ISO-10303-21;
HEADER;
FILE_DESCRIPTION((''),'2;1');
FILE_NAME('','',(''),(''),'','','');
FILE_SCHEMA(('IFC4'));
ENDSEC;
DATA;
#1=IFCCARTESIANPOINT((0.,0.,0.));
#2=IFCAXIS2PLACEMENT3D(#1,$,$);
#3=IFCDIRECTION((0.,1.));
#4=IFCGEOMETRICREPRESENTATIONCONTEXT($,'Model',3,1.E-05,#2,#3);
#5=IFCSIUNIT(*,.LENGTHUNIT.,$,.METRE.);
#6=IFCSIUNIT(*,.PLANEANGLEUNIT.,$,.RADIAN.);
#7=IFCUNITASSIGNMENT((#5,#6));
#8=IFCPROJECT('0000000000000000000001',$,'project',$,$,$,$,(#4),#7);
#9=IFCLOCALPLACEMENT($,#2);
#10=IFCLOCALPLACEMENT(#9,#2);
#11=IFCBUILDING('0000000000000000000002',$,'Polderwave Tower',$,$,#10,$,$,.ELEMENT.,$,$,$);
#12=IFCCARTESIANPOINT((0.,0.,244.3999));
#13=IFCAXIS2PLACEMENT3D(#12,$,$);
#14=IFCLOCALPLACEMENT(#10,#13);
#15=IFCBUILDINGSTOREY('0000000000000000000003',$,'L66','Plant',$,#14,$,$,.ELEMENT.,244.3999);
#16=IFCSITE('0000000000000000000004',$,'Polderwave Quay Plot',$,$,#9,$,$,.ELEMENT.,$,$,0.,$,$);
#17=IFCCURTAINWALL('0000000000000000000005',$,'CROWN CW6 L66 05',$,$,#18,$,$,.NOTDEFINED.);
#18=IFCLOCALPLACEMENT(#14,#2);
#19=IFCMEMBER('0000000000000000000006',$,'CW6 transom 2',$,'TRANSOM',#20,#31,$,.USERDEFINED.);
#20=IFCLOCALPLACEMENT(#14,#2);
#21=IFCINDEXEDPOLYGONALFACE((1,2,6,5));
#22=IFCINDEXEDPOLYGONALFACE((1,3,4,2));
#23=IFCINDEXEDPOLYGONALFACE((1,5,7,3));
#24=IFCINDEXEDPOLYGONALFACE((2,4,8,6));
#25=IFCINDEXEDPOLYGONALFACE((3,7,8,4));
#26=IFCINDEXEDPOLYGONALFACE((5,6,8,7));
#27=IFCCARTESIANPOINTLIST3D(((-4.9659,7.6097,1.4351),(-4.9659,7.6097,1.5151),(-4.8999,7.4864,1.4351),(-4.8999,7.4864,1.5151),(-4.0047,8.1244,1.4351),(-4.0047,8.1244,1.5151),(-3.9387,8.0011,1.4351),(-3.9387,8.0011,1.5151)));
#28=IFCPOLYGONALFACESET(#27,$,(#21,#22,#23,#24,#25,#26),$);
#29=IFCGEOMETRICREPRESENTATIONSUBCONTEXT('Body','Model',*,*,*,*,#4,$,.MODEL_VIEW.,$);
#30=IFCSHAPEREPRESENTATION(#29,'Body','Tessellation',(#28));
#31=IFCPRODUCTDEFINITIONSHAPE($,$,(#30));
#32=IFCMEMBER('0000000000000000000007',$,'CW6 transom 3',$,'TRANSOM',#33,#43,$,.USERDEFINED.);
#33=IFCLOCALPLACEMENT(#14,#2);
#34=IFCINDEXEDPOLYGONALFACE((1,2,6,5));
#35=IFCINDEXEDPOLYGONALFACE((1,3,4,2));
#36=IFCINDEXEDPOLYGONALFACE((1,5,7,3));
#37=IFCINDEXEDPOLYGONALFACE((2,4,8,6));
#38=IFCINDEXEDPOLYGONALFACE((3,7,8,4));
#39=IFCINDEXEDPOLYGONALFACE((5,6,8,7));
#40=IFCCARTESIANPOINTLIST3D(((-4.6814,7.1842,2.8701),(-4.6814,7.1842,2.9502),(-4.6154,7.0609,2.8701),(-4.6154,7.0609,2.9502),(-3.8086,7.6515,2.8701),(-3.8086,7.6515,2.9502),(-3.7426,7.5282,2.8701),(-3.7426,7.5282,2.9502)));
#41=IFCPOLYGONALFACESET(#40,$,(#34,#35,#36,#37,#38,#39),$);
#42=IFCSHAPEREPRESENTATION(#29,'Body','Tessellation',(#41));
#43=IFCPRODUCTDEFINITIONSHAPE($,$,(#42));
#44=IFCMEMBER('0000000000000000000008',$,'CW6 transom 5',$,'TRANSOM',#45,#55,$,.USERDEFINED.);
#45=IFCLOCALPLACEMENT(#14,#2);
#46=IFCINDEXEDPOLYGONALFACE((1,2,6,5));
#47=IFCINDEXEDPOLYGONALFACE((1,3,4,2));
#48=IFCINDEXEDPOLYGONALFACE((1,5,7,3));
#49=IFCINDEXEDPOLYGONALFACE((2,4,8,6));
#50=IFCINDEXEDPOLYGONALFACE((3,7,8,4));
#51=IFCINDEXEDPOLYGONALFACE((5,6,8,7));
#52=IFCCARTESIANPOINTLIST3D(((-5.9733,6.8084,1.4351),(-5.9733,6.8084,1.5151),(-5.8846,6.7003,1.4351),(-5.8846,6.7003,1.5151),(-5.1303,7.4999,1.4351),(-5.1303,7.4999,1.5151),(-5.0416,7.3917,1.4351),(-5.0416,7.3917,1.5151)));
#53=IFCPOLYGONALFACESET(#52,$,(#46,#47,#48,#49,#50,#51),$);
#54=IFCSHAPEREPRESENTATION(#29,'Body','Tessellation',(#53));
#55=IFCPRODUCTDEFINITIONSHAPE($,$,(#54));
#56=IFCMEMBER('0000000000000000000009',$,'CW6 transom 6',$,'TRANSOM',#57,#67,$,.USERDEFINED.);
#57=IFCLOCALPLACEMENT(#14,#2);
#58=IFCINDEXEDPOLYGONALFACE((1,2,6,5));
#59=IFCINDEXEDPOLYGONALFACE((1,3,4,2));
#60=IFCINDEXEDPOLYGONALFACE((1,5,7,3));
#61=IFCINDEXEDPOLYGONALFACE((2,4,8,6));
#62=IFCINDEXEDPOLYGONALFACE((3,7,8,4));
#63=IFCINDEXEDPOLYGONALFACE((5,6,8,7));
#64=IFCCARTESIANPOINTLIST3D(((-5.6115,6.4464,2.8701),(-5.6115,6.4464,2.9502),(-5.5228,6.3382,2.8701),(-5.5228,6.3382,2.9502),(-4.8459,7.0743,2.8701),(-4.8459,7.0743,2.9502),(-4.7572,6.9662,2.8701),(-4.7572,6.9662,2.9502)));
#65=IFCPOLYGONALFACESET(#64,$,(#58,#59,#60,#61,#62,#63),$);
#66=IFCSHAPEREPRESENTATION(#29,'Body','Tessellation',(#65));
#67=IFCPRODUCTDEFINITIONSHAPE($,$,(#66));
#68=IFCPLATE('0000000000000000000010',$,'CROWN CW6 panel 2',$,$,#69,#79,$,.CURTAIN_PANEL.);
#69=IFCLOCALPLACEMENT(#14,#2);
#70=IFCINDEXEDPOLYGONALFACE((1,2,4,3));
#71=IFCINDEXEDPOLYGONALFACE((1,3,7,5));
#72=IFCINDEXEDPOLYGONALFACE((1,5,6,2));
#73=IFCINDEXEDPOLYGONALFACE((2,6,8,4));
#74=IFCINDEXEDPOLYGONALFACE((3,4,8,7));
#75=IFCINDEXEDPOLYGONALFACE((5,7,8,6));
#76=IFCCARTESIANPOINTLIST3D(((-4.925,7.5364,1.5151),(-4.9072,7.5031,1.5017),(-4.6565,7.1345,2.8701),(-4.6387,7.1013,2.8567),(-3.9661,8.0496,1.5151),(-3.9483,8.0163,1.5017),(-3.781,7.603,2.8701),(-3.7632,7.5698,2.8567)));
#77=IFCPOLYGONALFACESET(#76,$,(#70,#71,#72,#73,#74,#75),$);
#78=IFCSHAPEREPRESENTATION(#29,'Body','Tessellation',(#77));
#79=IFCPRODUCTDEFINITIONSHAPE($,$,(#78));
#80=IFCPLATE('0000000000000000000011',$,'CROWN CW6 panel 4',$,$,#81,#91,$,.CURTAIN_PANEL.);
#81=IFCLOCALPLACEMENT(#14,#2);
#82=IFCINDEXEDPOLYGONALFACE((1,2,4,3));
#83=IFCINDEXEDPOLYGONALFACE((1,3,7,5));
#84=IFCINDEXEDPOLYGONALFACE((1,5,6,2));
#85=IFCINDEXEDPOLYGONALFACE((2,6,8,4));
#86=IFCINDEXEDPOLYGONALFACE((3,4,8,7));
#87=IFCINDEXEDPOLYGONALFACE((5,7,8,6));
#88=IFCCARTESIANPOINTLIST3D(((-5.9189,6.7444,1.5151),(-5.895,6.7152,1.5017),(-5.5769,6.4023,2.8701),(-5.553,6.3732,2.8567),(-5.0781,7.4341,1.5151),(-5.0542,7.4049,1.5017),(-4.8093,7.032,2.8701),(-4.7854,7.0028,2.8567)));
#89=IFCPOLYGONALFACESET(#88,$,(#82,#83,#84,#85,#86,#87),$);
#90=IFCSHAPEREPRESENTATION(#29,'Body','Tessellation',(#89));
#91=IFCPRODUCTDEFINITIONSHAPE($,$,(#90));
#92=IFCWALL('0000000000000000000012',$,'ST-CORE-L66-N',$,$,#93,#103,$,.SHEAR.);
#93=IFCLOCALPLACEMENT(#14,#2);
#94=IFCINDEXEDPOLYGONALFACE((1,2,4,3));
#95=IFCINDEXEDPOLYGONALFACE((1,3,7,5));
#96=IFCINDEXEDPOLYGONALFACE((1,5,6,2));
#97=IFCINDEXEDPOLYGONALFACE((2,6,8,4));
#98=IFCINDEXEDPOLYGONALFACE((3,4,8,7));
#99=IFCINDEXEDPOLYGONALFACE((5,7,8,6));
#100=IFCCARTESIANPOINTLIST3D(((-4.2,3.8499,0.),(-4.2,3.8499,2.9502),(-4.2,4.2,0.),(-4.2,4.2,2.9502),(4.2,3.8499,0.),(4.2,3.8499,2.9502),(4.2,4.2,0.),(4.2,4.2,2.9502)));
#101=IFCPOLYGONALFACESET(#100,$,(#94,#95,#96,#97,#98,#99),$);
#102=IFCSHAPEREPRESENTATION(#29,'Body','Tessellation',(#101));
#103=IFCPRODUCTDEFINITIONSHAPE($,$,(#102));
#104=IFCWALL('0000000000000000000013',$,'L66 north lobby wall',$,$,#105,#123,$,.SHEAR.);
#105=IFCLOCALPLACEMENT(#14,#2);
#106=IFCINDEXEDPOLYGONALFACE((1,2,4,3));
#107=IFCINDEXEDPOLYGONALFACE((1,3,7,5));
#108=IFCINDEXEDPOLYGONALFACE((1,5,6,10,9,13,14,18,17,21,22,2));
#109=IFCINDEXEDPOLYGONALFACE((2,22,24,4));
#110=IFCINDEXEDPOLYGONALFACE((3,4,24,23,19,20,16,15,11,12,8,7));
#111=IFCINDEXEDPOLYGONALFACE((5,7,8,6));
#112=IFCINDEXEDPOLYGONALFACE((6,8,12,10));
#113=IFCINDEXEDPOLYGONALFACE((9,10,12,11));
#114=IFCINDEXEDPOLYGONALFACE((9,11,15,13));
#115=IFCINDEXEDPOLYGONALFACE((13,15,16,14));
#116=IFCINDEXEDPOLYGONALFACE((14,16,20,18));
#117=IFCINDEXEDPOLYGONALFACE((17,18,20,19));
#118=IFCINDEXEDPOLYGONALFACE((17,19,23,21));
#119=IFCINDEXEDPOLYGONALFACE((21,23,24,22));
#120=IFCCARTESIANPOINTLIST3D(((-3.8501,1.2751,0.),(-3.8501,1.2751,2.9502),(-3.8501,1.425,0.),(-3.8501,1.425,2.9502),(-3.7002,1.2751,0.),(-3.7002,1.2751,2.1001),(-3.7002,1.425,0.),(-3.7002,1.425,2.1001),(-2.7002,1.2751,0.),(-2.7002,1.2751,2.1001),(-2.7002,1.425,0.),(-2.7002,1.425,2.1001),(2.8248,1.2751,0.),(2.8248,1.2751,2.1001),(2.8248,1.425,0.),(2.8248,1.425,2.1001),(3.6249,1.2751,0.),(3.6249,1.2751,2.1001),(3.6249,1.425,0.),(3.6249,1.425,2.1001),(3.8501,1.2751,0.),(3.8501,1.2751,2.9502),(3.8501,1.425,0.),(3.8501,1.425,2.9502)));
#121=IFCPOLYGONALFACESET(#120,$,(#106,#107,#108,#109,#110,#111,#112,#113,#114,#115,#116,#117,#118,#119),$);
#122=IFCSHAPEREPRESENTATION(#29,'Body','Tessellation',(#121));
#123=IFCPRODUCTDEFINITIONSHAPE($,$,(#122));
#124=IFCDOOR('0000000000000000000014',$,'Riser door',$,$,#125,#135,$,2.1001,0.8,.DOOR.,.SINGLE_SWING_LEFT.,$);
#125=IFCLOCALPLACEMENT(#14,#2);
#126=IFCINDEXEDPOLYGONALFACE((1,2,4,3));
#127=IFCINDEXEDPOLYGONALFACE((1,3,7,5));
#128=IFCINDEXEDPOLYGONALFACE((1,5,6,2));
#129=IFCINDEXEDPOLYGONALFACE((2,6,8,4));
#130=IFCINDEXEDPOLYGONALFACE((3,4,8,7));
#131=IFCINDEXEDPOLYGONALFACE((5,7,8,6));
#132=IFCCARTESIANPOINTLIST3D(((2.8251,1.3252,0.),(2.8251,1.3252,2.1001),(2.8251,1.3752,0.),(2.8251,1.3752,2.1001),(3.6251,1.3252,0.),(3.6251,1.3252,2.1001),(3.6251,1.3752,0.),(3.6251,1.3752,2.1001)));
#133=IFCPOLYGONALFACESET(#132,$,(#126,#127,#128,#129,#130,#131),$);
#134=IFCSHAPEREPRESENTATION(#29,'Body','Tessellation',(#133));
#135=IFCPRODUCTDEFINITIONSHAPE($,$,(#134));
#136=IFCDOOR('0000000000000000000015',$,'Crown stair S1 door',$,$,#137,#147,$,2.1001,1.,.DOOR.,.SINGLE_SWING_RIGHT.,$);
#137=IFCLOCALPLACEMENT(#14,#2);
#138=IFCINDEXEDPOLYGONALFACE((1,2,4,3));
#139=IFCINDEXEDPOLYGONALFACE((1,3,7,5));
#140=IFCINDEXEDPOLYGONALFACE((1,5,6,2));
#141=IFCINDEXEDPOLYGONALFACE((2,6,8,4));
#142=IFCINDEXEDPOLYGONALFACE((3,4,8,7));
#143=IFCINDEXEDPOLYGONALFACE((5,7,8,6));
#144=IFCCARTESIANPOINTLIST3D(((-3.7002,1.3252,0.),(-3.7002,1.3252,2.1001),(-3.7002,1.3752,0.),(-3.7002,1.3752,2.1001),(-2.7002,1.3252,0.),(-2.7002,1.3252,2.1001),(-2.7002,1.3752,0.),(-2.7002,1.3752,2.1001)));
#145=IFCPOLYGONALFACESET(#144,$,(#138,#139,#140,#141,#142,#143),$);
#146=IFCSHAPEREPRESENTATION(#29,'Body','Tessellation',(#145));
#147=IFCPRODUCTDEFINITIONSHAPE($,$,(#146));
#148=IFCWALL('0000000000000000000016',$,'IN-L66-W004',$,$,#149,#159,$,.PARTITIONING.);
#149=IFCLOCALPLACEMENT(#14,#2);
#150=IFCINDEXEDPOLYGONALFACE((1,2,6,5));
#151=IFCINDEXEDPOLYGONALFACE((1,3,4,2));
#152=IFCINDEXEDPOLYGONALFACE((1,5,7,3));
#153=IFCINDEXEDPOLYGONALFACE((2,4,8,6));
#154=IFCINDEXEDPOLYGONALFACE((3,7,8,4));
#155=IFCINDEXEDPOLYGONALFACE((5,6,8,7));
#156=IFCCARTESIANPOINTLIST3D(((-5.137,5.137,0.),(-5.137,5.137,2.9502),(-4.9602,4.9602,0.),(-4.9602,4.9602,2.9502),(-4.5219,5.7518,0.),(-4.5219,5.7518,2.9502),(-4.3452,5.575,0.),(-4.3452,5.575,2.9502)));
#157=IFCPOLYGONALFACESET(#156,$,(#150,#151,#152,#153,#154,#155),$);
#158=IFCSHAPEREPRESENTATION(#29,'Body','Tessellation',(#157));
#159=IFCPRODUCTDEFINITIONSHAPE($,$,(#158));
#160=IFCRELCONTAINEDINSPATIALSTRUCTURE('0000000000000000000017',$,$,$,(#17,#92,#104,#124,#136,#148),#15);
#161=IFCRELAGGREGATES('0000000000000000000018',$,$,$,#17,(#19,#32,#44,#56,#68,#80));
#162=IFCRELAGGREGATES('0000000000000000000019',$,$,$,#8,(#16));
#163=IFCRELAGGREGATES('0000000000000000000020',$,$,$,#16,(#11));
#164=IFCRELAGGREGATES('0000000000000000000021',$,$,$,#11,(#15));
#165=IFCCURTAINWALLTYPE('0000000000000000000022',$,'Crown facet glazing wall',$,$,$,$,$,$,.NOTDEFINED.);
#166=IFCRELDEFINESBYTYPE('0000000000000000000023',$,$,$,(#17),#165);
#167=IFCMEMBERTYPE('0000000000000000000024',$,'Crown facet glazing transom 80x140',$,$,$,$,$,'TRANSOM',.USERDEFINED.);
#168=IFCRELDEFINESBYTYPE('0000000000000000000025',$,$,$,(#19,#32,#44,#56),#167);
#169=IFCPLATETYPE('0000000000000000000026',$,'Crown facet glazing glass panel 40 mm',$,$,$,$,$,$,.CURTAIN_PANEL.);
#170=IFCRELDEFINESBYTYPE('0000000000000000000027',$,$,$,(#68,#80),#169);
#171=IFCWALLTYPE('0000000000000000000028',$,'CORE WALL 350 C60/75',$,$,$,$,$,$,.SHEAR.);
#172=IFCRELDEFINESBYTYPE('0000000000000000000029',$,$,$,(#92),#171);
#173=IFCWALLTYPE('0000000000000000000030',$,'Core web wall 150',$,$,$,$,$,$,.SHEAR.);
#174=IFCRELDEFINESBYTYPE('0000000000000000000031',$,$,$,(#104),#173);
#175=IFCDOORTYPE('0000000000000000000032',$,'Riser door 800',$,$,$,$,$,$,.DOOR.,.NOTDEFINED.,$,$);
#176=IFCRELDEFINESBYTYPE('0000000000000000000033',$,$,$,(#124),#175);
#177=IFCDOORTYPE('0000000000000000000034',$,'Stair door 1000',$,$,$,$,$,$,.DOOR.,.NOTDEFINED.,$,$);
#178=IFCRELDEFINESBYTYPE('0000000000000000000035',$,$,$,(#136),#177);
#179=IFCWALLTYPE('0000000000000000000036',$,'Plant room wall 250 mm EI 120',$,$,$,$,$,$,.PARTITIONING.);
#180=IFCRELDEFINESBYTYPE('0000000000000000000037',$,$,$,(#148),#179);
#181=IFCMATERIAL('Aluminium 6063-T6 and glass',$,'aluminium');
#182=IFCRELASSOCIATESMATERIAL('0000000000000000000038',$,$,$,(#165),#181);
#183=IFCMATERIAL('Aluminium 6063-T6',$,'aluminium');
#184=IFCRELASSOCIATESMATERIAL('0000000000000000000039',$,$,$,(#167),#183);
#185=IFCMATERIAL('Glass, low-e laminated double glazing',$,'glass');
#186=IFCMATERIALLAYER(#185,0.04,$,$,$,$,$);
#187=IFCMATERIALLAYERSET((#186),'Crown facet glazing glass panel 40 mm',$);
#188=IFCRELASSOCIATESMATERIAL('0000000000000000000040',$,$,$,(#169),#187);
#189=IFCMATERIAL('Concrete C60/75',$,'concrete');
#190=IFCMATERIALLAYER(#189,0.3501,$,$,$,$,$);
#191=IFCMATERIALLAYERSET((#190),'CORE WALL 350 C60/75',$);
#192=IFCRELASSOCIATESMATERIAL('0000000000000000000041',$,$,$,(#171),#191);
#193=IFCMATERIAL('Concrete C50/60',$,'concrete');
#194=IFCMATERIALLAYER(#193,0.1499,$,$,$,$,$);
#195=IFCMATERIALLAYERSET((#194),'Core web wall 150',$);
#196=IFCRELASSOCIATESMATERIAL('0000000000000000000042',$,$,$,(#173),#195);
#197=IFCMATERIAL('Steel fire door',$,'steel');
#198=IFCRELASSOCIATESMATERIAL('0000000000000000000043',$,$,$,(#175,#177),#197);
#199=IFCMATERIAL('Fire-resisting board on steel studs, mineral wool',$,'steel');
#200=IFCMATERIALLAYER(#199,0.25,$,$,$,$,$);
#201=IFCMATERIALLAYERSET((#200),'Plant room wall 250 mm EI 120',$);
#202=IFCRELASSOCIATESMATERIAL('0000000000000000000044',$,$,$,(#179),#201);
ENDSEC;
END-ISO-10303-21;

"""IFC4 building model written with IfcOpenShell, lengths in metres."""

from ifc_helpers import new_model, si_unit, direction, frame, frame_2d, origin, origin_2d, place, context, subcontext, project, spatial, polyline, rectangle, outline, extrude, material, layer, layer_set, material_profile, profile_set, type_object, element, fill, aggregate, save


model = new_model("IFC4")

# Units and contexts
model_context = context("Model", 3, precision=1e-05, world=origin(), true_north=direction((0.0, 1.0)))
body_context = subcontext(model_context, "Body", "Model", "MODEL_VIEW")
ifc_project = project(units=[si_unit("LENGTHUNIT", "METRE"), si_unit("PLANEANGLEUNIT", "RADIAN")], contexts=[model_context])

# Site, building, storey
site_placement = place(None, origin())
site = spatial("IfcSite", under=ifc_project, at=site_placement, Name="Polderwave Quay Plot", CompositionType="ELEMENT", RefElevation=0.0)
building_placement = place(site_placement, origin())
building = spatial("IfcBuilding", under=site, at=building_placement, Name="Polderwave Tower", CompositionType="ELEMENT")
storey_placement = place(building_placement, frame((0.0, 0.0, 244.3999)))
storey = spatial("IfcBuildingStorey", under=building, at=storey_placement, Name="L66", Description="Plant", CompositionType="ELEMENT", Elevation=244.3999)

# Curtain wall, members, plates
ifc_material_1 = material(Name="Aluminium 6063-T6 and glass", Category="aluminium")
curtain_wall_type = type_object("IfcCurtainWallType", Name="Crown facet glazing wall", PredefinedType="NOTDEFINED", material=ifc_material_1)
curtain_wall_placement = place(storey_placement, origin())
curtain_wall = element("IfcCurtainWall", 1, at=curtain_wall_placement, inside=storey, type_object=curtain_wall_type, Name="CROWN CW6 L66 05", PredefinedType="NOTDEFINED")
ifc_material_2 = material(Name="Aluminium 6063-T6", Category="aluminium")
ifc_material_profile = material_profile(ifc_material_2, rectangle(XDim=0.1399, YDim=0.0801, at=origin_2d()), Name="AL 80x140")
ifc_profile_set = profile_set([ifc_material_profile], Name="Aluminium 6063-T6")
member_type = type_object("IfcMemberType", Name="Crown facet glazing transom 80x140", ElementType="TRANSOM", PredefinedType="USERDEFINED", material=ifc_profile_set)
member_1_placement = place(storey_placement, frame((-3.9717, 8.0627, 1.4751), z_axis=(-0.881583, -0.472029, 0.0), x_axis=(0.472029, -0.881583, 0.0)))
member_1 = element("IfcMember", 2, at=member_1_placement, type_object=member_type, Name="CW6 transom 2", ObjectType="TRANSOM", PredefinedType="USERDEFINED", context=body_context, shape_type="SweptSolid", body=[
    extrude(rectangle(XDim=0.1399, YDim=0.0801, at=origin_2d()), origin(), (0.0, 0.0, 1.0), 1.0903),
])
member_2_placement = place(storey_placement, frame((-3.7756, 7.5898, 2.9102), z_axis=(-0.881601, -0.471996, 0.0), x_axis=(0.471996, -0.881601, 0.0)))
member_2 = element("IfcMember", 3, at=member_2_placement, type_object=member_type, Name="CW6 transom 3", ObjectType="TRANSOM", PredefinedType="USERDEFINED", context=body_context, shape_type="SweptSolid", body=[
    extrude(rectangle(XDim=0.1399, YDim=0.0801, at=origin_2d()), origin(), (0.0, 0.0, 1.0), 0.99),
])
member_3_placement = place(storey_placement, frame((-5.0859, 7.4458, 1.4751), z_axis=(-0.773208, -0.634152, 0.0), x_axis=(0.634152, -0.773208, 0.0)))
member_3 = element("IfcMember", 4, at=member_3_placement, type_object=member_type, Name="CW6 transom 5", ObjectType="TRANSOM", PredefinedType="USERDEFINED", context=body_context, shape_type="SweptSolid", body=[
    extrude(rectangle(XDim=0.1399, YDim=0.0801, at=origin_2d()), origin(), (0.0, 0.0, 1.0), 1.0903),
])
member_4_placement = place(storey_placement, frame((-4.8015, 7.0203, 2.9102), z_axis=(-0.77321, -0.63415, 0.0), x_axis=(0.63415, -0.77321, 0.0)))
member_4 = element("IfcMember", 5, at=member_4_placement, type_object=member_type, Name="CW6 transom 6", ObjectType="TRANSOM", PredefinedType="USERDEFINED", context=body_context, shape_type="SweptSolid", body=[
    extrude(rectangle(XDim=0.1399, YDim=0.0801, at=origin_2d()), origin(), (0.0, 0.0, 1.0), 0.9902),
])
ifc_material_3 = material(Name="Glass, low-e laminated double glazing", Category="glass")
ifc_layer_1 = layer(ifc_material_3, 0.04)
ifc_layer_set_1 = layer_set([ifc_layer_1], Name="Crown facet glazing glass panel 40 mm")
plate_type = type_object("IfcPlateType", Name="Crown facet glazing glass panel 40 mm", PredefinedType="CURTAIN_PANEL", material=ifc_layer_set_1)
plate_1_placement = place(storey_placement, frame((-3.9661, 8.0496, 1.5151), z_axis=(-0.444637, 0.830889, 0.334547), x_axis=(-0.881693, -0.471824, 0.0)))
plate_1 = element("IfcPlate", 6, at=plate_1_placement, type_object=plate_type, Name="CROWN CW6 panel 2", PredefinedType="CURTAIN_PANEL", context=body_context, shape_type="SweptSolid", body=[
    extrude(outline(polyline([(0.0, 0.0), (1.0877, 0.0), (1.0405, 1.4378), (0.0475, 1.4378), (0.0, 0.0)])), origin(), (0.0, 0.0, -1.0), 0.04),
])
plate_2_placement = place(storey_placement, frame((-5.0781, 7.4341, 1.5151), z_axis=(-0.597616, 0.728552, 0.334763), x_axis=(-0.773162, -0.634208, -0.000002)))
plate_2 = element("IfcPlate", 7, at=plate_2_placement, type_object=plate_type, Name="CROWN CW6 panel 4", PredefinedType="CURTAIN_PANEL", context=body_context, shape_type="SweptSolid", body=[
    extrude(outline(polyline([(0.0, 0.0), (1.0875, 0.0), (1.04, 1.4379), (0.0472, 1.4379), (0.0, 0.0)])), origin(), (0.0, 0.0, -1.0), 0.04),
])
aggregate(curtain_wall, [member_1, member_2, member_3, member_4, plate_1, plate_2])

# Wall
ifc_material_4 = material(Name="Concrete C60/75", Category="concrete")
ifc_layer_2 = layer(ifc_material_4, 0.3501)
ifc_layer_set_2 = layer_set([ifc_layer_2], Name="CORE WALL 350 C60/75")
wall_type_1 = type_object("IfcWallType", Name="CORE WALL 350 C60/75", PredefinedType="SHEAR", material=ifc_layer_set_2)
wall_1_placement = place(storey_placement, frame((-4.2, 4.0249, 0.0), z_axis=(0.0, 0.0, 1.0), x_axis=(1.0, 0.0, 0.0)))
element("IfcWall", 8, at=wall_1_placement, inside=storey, type_object=wall_type_1, Name="ST-CORE-L66-N", PredefinedType="SHEAR", context=body_context, shape_type="SweptSolid", body=[
    extrude(rectangle(XDim=8.3999, YDim=0.3501, at=frame_2d((4.2, 0.0))), origin(), (0.0, 0.0, 1.0), 2.9502),
])

# Wall, openings, doors
ifc_material_5 = material(Name="Concrete C50/60", Category="concrete")
ifc_layer_3 = layer(ifc_material_5, 0.1499)
ifc_layer_set_3 = layer_set([ifc_layer_3], Name="Core web wall 150")
wall_type_2 = type_object("IfcWallType", Name="Core web wall 150", PredefinedType="SHEAR", material=ifc_layer_set_3)
wall_2_placement = place(storey_placement, frame((-3.8501, 1.3501, 0.0), z_axis=(0.0, 0.0, 1.0), x_axis=(1.0, 0.0, 0.0)))
wall_2 = element("IfcWall", 9, at=wall_2_placement, inside=storey, type_object=wall_type_2, Name="L66 north lobby wall", PredefinedType="SHEAR", context=body_context, shape_type="SweptSolid", body=[
    extrude(rectangle(XDim=7.7002, YDim=0.1499, at=frame_2d((3.8501, 0.0))), origin(), (0.0, 0.0, 1.0), 2.9502),
])
opening_1_placement = place(wall_2_placement, frame((0.1499, 0.0, 0.0)))
opening_1 = element("IfcOpeningElement", 10, at=opening_1_placement, cuts=wall_2, PredefinedType="OPENING", context=body_context, shape_type="SweptSolid", body=[
    extrude(rectangle(XDim=1.0, YDim=2.1001, at=frame_2d((0.5, 1.05))), frame((0.0, 0.085, 0.0), z_axis=(0.0, -1.0, 0.0), x_axis=(1.0, 0.0, 0.0)), (0.0, 0.0, 1.0), 0.1699),
])
opening_2_placement = place(wall_2_placement, frame((6.675, 0.0, 0.0)))
opening_2 = element("IfcOpeningElement", 11, at=opening_2_placement, cuts=wall_2, PredefinedType="OPENING", context=body_context, shape_type="SweptSolid", body=[
    extrude(rectangle(XDim=0.8, YDim=2.1001, at=frame_2d((0.3999, 1.05))), frame((0.0, 0.085, 0.0), z_axis=(0.0, -1.0, 0.0), x_axis=(1.0, 0.0, 0.0)), (0.0, 0.0, 1.0), 0.1699),
])
ifc_material_6 = material(Name="Steel fire door", Category="steel")
door_type_1 = type_object("IfcDoorType", Name="Riser door 800", OperationType="NOTDEFINED", PredefinedType="DOOR", material=ifc_material_6)
door_1_placement = place(opening_2_placement, frame((0.8, 0.0, 0.0), z_axis=(0.0, 0.0, 1.0), x_axis=(-1.0, 0.0, 0.0)))
door_1 = element("IfcDoor", 12, at=door_1_placement, inside=storey, type_object=door_type_1, Name="Riser door", OperationType="SINGLE_SWING_LEFT", OverallHeight=2.1001, OverallWidth=0.8, PredefinedType="DOOR", context=body_context, shape_type="SweptSolid", body=[
    extrude(rectangle(XDim=0.8, YDim=2.1001, at=frame_2d((0.3999, 1.05))), frame((0.0, 0.0249, 0.0), z_axis=(0.0, -1.0, 0.0), x_axis=(1.0, 0.0, 0.0)), (0.0, 0.0, 1.0), 0.05),
])
fill(opening_2, door_1)
door_type_2 = type_object("IfcDoorType", Name="Stair door 1000", OperationType="NOTDEFINED", PredefinedType="DOOR", material=ifc_material_6)
door_2_placement = place(opening_1_placement, frame((1.0, 0.0, 0.0), z_axis=(0.0, 0.0, 1.0), x_axis=(-1.0, 0.0, 0.0)))
door_2 = element("IfcDoor", 13, at=door_2_placement, inside=storey, type_object=door_type_2, Name="Crown stair S1 door", OperationType="SINGLE_SWING_RIGHT", OverallHeight=2.1001, OverallWidth=1.0, PredefinedType="DOOR", context=body_context, shape_type="SweptSolid", body=[
    extrude(rectangle(XDim=1.0, YDim=2.1001, at=frame_2d((0.5, 1.05))), frame((0.0, 0.0249, 0.0), z_axis=(0.0, -1.0, 0.0), x_axis=(1.0, 0.0, 0.0)), (0.0, 0.0, 1.0), 0.05),
])
fill(opening_1, door_2)

# Wall
ifc_material_7 = material(Name="Fire-resisting board on steel studs, mineral wool", Category="steel")
ifc_layer_4 = layer(ifc_material_7, 0.25)
ifc_layer_set_4 = layer_set([ifc_layer_4], Name="Plant room wall 250 mm EI 120")
wall_type_3 = type_object("IfcWallType", Name="Plant room wall 250 mm EI 120", PredefinedType="PARTITIONING", material=ifc_layer_set_4)
wall_3_placement = place(storey_placement, frame((-5.0486, 5.0486, 0.0), z_axis=(0.0, 0.0, 1.0), x_axis=(0.707247, 0.706966, 0.0)))
element("IfcWall", 14, at=wall_3_placement, inside=storey, type_object=wall_type_3, Name="IN-L66-W004", PredefinedType="PARTITIONING", context=body_context, shape_type="SweptSolid", body=[
    extrude(rectangle(XDim=0.8696, YDim=0.25, at=frame_2d((0.4348, 0.0))), origin(), (0.0, 0.0, 1.0), 2.9502),
])

save(model, "model.ifc")
